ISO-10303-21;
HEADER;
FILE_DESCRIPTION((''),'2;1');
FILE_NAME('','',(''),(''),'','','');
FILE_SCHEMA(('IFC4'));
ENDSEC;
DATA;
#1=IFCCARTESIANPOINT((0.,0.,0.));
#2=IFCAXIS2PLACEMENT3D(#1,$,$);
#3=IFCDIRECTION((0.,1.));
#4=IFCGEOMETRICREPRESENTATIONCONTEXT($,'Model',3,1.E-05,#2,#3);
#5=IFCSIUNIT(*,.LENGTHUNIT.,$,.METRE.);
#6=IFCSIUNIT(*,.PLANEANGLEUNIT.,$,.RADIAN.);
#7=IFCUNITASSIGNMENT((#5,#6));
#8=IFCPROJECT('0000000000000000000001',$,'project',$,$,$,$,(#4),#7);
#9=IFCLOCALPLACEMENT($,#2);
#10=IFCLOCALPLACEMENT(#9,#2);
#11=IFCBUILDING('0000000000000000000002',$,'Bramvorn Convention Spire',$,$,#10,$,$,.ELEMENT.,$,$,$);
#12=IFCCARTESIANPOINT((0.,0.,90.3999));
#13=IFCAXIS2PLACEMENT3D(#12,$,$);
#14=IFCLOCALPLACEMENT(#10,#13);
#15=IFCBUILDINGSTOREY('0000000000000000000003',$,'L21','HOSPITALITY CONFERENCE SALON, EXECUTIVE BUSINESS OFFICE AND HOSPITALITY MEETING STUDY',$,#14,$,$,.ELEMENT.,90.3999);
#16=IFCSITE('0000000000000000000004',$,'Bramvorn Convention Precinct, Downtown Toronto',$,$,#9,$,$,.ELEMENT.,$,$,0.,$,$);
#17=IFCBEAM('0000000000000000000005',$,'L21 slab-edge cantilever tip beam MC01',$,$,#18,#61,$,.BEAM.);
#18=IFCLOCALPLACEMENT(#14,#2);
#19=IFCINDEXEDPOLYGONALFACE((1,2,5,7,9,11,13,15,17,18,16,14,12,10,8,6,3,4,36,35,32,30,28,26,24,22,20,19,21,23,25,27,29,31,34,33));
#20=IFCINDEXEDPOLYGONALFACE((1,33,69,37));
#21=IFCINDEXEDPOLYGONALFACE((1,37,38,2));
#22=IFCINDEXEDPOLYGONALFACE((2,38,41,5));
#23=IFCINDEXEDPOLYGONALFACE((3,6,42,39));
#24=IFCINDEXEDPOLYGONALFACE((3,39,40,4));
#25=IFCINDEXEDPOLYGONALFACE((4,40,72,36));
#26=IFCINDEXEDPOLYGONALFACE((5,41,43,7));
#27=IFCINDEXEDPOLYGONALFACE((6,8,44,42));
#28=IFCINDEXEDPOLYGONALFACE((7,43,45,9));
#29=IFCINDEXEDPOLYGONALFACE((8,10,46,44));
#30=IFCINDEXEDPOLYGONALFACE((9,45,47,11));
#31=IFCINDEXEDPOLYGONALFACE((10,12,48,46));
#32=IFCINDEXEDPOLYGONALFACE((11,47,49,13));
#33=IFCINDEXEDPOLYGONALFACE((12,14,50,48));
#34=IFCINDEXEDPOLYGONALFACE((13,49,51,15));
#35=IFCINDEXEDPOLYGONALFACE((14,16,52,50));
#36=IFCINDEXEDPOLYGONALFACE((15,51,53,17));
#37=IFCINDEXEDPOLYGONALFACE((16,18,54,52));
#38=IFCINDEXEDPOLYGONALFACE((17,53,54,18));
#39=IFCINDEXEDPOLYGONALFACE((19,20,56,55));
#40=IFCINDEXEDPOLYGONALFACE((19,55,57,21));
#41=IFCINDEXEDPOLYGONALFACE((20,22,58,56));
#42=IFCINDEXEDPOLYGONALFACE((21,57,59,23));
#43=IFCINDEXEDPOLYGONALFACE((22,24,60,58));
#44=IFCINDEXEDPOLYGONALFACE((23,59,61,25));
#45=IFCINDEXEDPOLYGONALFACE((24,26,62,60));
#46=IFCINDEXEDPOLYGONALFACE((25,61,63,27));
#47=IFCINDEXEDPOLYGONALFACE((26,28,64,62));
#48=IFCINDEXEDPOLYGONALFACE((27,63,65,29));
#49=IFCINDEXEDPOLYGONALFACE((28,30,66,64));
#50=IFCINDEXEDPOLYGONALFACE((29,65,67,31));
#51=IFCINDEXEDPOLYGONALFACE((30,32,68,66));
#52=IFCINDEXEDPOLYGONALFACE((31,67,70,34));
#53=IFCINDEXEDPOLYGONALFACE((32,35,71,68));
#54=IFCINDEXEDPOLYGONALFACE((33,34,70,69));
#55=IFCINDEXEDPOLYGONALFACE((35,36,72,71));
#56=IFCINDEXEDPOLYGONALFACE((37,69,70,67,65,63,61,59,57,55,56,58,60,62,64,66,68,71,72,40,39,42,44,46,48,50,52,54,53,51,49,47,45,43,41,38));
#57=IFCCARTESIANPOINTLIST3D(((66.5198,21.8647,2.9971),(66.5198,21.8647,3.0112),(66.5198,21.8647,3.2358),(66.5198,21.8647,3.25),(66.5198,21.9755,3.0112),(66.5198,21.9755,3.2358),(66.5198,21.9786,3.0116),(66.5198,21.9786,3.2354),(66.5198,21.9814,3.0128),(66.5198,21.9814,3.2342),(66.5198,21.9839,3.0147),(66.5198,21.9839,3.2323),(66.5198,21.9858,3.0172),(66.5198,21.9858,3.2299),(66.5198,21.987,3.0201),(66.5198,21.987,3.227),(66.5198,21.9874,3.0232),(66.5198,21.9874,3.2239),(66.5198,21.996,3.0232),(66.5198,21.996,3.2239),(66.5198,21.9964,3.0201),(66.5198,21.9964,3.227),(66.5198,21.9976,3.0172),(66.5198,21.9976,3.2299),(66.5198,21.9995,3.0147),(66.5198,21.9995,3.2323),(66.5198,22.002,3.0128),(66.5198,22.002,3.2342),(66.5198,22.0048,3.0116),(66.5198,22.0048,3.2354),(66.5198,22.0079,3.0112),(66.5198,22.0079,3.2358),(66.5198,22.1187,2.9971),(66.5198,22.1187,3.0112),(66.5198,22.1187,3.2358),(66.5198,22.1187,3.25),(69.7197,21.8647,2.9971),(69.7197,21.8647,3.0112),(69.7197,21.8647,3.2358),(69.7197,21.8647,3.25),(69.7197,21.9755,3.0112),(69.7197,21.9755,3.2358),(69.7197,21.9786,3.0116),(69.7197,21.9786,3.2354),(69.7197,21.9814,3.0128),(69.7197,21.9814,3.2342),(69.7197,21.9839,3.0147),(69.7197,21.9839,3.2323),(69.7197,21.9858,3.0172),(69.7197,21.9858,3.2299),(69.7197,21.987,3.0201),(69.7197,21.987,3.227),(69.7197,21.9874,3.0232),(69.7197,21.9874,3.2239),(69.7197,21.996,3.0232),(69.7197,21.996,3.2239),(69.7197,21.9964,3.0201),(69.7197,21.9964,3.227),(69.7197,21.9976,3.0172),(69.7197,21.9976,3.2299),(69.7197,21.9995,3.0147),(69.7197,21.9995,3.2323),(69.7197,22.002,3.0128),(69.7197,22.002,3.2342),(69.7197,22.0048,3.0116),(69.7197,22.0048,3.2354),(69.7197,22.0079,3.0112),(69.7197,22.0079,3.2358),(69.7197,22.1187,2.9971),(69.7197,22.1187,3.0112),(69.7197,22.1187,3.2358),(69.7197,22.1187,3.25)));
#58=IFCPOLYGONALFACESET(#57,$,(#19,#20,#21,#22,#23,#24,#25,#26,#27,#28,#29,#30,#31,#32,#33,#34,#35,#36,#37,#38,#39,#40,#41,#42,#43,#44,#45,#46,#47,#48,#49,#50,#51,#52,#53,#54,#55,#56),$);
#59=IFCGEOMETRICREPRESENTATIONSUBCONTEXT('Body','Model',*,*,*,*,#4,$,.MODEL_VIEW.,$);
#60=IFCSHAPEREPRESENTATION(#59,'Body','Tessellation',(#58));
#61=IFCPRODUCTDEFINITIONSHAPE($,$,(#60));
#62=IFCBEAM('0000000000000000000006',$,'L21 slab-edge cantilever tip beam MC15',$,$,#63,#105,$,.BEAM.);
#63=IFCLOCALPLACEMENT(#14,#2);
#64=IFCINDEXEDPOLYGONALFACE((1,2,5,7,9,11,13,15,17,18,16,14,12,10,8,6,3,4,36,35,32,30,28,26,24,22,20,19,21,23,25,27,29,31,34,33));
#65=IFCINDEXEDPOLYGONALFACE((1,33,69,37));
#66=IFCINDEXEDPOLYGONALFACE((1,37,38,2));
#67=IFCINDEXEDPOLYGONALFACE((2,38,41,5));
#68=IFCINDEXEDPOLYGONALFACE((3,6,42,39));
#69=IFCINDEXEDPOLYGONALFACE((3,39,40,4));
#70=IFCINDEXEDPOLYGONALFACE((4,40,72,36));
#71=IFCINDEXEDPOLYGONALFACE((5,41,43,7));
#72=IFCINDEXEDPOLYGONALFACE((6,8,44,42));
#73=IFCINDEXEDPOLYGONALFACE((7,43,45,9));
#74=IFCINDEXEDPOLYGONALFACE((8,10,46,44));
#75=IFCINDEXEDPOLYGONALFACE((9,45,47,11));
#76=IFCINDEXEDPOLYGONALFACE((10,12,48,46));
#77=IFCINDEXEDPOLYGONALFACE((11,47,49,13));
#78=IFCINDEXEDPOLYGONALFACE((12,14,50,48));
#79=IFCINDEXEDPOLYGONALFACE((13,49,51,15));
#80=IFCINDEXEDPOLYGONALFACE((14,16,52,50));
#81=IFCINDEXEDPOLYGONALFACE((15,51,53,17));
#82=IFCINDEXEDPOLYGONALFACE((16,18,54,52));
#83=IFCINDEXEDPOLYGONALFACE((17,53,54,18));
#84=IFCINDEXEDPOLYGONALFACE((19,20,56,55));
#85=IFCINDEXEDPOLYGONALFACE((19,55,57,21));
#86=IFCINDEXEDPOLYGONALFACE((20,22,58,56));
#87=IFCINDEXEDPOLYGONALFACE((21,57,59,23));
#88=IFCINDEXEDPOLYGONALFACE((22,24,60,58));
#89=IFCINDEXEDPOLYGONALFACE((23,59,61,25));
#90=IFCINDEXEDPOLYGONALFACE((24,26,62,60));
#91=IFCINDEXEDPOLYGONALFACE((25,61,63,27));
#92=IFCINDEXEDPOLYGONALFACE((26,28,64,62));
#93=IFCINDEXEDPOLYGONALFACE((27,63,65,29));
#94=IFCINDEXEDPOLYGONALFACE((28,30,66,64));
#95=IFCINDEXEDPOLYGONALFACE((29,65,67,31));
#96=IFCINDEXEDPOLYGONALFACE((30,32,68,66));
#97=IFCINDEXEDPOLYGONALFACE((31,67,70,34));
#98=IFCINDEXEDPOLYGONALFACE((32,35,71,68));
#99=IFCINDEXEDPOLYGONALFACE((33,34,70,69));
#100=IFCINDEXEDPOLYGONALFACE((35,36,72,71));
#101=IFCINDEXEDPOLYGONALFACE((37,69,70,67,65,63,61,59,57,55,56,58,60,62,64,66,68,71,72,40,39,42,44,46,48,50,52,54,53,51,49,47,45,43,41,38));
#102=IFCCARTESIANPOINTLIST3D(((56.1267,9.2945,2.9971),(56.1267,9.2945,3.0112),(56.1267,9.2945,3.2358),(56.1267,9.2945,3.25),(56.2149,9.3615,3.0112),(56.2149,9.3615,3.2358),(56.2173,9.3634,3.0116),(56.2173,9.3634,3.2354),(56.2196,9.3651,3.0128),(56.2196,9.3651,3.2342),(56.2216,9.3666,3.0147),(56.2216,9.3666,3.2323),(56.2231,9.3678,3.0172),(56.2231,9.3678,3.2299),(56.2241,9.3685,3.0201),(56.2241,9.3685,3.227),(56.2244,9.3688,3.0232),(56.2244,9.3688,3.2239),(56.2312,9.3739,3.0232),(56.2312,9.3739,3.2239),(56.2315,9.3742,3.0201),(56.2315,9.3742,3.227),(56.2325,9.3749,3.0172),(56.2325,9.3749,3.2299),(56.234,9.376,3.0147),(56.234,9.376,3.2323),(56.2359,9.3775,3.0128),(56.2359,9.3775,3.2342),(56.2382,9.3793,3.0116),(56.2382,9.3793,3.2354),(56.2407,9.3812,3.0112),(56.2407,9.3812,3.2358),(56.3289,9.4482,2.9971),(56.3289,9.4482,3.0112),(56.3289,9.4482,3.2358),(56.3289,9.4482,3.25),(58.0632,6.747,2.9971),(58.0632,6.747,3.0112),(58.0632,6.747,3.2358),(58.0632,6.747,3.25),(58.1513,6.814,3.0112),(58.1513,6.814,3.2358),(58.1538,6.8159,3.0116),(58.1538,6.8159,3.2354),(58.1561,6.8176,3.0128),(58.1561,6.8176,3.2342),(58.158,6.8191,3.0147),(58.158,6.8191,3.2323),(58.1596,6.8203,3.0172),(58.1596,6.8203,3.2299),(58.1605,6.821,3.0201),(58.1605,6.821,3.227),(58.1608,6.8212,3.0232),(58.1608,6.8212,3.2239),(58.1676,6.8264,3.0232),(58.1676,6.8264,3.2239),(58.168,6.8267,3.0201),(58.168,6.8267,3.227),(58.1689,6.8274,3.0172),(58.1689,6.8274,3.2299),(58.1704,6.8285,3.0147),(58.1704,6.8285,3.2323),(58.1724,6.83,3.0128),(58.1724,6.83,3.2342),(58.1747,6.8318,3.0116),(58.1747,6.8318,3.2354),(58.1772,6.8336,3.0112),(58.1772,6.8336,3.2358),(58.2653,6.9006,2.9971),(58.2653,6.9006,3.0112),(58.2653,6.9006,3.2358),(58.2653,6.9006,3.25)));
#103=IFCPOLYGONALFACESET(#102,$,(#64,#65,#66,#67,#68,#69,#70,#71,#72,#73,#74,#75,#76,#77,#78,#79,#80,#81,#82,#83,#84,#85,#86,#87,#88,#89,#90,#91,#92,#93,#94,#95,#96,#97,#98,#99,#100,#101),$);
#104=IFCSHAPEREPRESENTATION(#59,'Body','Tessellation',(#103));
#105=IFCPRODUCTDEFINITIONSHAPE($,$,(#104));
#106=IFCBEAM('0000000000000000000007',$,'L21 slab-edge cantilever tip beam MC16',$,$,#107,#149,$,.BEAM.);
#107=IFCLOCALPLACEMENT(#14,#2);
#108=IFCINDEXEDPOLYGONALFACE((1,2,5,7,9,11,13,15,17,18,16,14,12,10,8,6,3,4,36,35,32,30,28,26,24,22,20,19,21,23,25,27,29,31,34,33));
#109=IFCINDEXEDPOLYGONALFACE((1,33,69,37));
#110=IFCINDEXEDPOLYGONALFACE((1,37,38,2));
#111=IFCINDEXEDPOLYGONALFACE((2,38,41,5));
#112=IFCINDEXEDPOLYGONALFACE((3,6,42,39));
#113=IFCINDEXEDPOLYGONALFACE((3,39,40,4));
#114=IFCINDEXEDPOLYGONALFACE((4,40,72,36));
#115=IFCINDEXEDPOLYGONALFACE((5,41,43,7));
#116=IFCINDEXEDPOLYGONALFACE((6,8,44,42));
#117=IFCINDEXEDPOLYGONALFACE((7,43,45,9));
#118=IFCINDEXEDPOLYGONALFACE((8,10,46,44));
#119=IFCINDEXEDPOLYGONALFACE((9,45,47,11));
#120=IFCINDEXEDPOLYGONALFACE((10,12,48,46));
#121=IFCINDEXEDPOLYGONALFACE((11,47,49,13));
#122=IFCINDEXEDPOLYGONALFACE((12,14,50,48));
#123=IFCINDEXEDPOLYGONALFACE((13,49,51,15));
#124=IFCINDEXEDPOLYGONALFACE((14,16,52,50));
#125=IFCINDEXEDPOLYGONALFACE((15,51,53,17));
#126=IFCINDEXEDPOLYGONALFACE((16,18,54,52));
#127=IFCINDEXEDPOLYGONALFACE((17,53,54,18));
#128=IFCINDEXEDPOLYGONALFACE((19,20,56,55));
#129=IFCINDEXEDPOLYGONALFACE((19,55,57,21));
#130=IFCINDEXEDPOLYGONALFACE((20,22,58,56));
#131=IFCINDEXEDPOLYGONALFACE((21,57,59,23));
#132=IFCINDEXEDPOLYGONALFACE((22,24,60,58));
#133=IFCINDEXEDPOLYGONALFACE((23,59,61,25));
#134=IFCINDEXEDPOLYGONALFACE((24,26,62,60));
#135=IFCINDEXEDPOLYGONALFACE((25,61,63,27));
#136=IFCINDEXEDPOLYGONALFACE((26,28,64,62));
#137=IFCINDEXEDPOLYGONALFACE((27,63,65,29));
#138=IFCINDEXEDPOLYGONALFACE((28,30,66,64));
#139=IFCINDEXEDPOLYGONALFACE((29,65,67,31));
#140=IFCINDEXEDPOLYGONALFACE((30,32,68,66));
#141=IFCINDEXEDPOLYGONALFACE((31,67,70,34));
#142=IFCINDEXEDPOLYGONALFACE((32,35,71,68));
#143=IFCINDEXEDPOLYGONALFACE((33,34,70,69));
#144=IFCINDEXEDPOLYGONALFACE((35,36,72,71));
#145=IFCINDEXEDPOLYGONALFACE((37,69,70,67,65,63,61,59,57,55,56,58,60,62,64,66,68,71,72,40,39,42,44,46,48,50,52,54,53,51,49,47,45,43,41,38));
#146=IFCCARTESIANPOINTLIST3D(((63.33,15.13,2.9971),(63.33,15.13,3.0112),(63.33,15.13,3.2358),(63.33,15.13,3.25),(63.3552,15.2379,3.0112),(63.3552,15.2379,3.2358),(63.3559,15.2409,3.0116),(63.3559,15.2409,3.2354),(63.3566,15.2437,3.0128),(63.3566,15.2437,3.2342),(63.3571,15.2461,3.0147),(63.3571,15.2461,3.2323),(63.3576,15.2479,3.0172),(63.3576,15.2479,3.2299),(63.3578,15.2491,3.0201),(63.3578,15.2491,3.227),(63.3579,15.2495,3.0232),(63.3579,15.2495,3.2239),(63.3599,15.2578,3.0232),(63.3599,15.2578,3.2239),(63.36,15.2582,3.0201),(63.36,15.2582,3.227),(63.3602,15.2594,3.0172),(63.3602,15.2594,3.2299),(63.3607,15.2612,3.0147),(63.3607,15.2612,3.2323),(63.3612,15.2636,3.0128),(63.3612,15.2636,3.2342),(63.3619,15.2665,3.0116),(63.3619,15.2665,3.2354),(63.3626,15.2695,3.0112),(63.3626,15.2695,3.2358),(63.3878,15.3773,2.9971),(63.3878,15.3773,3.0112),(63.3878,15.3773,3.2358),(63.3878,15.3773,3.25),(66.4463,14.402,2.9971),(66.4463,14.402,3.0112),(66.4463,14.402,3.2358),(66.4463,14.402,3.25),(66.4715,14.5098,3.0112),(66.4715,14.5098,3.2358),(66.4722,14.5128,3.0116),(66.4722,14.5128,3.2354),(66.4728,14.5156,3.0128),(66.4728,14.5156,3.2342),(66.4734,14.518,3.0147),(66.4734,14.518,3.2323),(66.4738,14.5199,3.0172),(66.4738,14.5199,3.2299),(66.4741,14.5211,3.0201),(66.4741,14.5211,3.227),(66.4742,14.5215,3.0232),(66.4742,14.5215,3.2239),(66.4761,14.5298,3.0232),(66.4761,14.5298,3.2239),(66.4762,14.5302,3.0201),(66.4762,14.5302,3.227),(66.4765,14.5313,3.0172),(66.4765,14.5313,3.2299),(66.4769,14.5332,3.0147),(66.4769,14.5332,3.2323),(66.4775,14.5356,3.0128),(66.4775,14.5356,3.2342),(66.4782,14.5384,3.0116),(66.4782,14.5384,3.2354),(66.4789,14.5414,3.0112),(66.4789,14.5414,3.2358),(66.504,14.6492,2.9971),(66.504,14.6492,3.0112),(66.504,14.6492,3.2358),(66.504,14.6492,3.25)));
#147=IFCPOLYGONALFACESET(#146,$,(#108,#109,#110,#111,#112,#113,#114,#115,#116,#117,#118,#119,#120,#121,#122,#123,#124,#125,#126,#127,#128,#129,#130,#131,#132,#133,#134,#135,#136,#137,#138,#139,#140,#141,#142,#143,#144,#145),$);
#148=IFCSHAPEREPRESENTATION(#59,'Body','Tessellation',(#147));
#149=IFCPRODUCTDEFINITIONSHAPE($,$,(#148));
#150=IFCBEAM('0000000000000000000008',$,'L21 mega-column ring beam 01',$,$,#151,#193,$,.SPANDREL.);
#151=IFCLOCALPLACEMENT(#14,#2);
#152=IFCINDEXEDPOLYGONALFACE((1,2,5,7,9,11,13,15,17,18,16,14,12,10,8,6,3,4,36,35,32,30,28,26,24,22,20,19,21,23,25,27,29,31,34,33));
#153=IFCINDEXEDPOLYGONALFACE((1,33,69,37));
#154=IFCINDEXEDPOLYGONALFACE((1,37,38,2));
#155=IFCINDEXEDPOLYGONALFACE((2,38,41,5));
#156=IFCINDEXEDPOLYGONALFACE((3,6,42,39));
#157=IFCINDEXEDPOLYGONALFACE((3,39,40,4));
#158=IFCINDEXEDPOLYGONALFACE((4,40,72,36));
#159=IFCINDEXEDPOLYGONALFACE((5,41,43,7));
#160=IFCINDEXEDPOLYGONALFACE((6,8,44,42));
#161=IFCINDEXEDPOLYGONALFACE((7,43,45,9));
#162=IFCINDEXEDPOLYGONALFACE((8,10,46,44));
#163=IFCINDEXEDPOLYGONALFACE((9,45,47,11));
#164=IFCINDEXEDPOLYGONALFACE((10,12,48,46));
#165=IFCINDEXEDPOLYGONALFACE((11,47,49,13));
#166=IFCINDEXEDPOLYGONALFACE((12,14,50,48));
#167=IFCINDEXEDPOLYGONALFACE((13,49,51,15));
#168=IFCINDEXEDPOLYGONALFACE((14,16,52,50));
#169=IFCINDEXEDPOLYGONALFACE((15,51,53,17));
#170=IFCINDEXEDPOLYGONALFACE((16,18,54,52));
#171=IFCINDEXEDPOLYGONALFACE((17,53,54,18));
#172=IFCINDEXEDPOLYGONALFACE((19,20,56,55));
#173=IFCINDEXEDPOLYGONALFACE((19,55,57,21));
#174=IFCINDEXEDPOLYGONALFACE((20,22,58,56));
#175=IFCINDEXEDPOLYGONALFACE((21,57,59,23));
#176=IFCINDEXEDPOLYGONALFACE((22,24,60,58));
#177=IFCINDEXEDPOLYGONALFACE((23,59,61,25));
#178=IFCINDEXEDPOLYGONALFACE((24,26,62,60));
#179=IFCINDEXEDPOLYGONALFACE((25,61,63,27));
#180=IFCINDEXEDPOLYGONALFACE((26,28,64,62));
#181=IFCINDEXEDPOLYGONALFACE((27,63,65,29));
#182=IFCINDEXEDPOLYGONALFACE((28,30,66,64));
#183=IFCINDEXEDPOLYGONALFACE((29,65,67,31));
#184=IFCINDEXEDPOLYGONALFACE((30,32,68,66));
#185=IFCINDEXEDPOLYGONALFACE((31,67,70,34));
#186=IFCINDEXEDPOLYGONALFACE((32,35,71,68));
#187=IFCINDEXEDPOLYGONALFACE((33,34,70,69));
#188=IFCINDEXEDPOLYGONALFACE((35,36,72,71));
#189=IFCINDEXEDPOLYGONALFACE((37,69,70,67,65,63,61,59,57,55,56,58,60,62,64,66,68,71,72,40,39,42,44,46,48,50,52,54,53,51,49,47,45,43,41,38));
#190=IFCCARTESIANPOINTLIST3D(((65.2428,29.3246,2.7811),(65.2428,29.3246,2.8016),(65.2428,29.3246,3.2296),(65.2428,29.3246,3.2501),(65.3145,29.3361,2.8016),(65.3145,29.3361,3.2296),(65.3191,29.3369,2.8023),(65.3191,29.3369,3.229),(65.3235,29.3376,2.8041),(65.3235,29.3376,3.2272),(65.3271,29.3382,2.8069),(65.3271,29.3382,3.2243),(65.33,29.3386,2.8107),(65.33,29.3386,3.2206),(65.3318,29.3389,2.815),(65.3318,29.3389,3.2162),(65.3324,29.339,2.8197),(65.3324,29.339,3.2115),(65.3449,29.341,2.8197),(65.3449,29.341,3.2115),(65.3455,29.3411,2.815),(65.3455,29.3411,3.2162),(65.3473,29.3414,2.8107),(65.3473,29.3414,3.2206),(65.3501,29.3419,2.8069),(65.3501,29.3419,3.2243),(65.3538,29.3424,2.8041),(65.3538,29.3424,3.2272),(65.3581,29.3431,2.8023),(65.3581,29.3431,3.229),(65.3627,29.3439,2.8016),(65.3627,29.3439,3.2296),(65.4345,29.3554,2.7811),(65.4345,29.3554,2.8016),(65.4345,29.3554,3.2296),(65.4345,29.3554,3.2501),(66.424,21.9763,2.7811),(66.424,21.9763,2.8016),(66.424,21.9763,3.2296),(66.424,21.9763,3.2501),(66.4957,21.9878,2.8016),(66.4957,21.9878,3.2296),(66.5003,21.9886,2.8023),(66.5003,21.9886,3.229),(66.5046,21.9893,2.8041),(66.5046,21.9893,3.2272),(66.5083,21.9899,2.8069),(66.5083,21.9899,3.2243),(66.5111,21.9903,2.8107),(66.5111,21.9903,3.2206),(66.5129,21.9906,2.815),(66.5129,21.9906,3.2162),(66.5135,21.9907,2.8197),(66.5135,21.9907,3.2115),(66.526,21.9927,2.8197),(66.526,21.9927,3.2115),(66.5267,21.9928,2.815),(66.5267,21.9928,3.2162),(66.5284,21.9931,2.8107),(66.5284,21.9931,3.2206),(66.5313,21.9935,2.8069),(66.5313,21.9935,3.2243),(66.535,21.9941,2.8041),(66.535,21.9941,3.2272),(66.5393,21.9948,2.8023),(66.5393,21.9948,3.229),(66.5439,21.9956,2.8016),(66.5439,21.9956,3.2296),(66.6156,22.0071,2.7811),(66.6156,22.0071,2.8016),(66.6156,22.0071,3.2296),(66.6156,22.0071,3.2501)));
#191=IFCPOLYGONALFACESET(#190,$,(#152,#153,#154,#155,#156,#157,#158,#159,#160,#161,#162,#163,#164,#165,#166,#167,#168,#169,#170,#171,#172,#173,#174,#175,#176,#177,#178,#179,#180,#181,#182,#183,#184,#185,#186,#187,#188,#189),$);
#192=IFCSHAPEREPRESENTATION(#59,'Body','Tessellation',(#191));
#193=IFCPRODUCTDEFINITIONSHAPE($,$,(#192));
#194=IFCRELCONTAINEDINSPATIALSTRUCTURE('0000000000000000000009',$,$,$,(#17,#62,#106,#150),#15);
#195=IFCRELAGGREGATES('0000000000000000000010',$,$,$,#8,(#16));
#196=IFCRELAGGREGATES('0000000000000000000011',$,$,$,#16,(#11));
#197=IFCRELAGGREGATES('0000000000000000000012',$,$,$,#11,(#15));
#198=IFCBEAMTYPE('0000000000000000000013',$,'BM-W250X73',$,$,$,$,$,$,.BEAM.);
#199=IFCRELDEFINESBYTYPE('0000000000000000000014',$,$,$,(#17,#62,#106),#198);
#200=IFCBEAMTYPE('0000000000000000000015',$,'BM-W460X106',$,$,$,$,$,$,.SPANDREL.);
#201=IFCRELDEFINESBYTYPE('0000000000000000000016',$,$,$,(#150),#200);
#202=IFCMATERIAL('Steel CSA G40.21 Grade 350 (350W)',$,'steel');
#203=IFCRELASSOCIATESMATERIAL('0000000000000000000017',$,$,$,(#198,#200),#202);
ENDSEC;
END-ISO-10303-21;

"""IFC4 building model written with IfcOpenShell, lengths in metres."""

from ifc_helpers import new_model, si_unit, direction, frame, origin, origin_2d, place, context, subcontext, project, spatial, i_section, extrude, material, material_profile, profile_set, type_object, element, save


model = new_model("IFC4")

# Units and contexts
model_context = context("Model", 3, precision=1e-05, world=origin(), true_north=direction((0.0, 1.0)))
body_context = subcontext(model_context, "Body", "Model", "MODEL_VIEW")
ifc_project = project(units=[si_unit("LENGTHUNIT", "METRE"), si_unit("PLANEANGLEUNIT", "RADIAN")], contexts=[model_context])

# Site, building, storey
site_placement = place(None, origin())
site = spatial("IfcSite", under=ifc_project, at=site_placement, Name="Bramvorn Convention Precinct, Downtown Toronto", CompositionType="ELEMENT", RefElevation=0.0)
building_placement = place(site_placement, origin())
building = spatial("IfcBuilding", under=site, at=building_placement, Name="Bramvorn Convention Spire", CompositionType="ELEMENT")
storey_placement = place(building_placement, frame((0.0, 0.0, 90.3999)))
storey = spatial("IfcBuildingStorey", under=building, at=storey_placement, Name="L21", Description="HOSPITALITY CONFERENCE SALON, EXECUTIVE BUSINESS OFFICE AND HOSPITALITY MEETING STUDY", CompositionType="ELEMENT", Elevation=90.3999)

# Shared definitions
ifc_material_1 = material(Name="Steel CSA G40.21 Grade 350 (350W)", Category="steel")

# Beams
ifc_material_profile_1 = material_profile(ifc_material_1, i_section(OverallWidth=0.2539, OverallDepth=0.2529, WebThickness=0.0085, FlangeThickness=0.0142, FilletRadius=0.012, at=origin_2d()))
ifc_profile_set_1 = profile_set([ifc_material_profile_1], Name="Steel CSA G40.21 Grade 350 (350W) - W250X73")
beam_type_1 = type_object("IfcBeamType", Name="BM-W250X73", PredefinedType="BEAM", material=ifc_profile_set_1)
for number, where, z_axis, x_axis, name in (
    (1, (66.5198, 21.9917, 3.1235), (1.0, 0.0, 0.0), (0.0, 1.0, 0.0), "L21 slab-edge cantilever tip beam MC01"),
    (2, (56.2278, 9.3713, 3.1235), (0.605151, -0.796111, 0.0), (0.796111, 0.605151, 0.0), "L21 slab-edge cantilever tip beam MC15"),
):
    element("IfcBeam", number, at=place(storey_placement, frame(where, z_axis=z_axis, x_axis=x_axis)), inside=storey, type_object=beam_type_1, Name=name, PredefinedType="BEAM", context=body_context, shape_type="SweptSolid", body=[
        extrude(i_section(OverallWidth=0.2539, OverallDepth=0.2529, WebThickness=0.0085, FlangeThickness=0.0142, FilletRadius=0.012, at=origin_2d()), origin(), (0.0, 0.0, 1.0), 3.2),
    ])
beam_1_placement = place(storey_placement, frame((63.3589, 15.2537, 3.1235), z_axis=(0.973778, -0.2275, 0.0), x_axis=(0.2275, 0.973778, 0.0)))
element("IfcBeam", 3, at=beam_1_placement, inside=storey, type_object=beam_type_1, Name="L21 slab-edge cantilever tip beam MC16", PredefinedType="BEAM", context=body_context, shape_type="SweptSolid", body=[
    extrude(i_section(OverallWidth=0.2539, OverallDepth=0.2529, WebThickness=0.0085, FlangeThickness=0.0142, FilletRadius=0.012, at=origin_2d()), origin(), (0.0, 0.0, 1.0), 3.2002),
])
ifc_material_profile_2 = material_profile(ifc_material_1, i_section(OverallWidth=0.1941, OverallDepth=0.469, WebThickness=0.0127, FlangeThickness=0.0205, FilletRadius=0.0181, at=origin_2d()))
ifc_profile_set_2 = profile_set([ifc_material_profile_2], Name="Steel CSA G40.21 Grade 350 (350W) - W460X106")
beam_type_2 = type_object("IfcBeamType", Name="BM-W460X106", PredefinedType="SPANDREL", material=ifc_profile_set_2)
beam_2_placement = place(storey_placement, frame((66.5198, 21.9917, 3.0156), z_axis=(-0.158699, 0.987327, 0.0), x_axis=(-0.987327, -0.158699, 0.0)))
element("IfcBeam", 4, at=beam_2_placement, inside=storey, type_object=beam_type_2, Name="L21 mega-column ring beam 01", PredefinedType="SPANDREL", context=body_context, shape_type="SweptSolid", body=[
    extrude(i_section(OverallWidth=0.1941, OverallDepth=0.469, WebThickness=0.0127, FlangeThickness=0.0205, FilletRadius=0.0181, at=origin_2d()), origin(), (0.0, 0.0, 1.0), 7.4426),
])

save(model, "model.ifc")
